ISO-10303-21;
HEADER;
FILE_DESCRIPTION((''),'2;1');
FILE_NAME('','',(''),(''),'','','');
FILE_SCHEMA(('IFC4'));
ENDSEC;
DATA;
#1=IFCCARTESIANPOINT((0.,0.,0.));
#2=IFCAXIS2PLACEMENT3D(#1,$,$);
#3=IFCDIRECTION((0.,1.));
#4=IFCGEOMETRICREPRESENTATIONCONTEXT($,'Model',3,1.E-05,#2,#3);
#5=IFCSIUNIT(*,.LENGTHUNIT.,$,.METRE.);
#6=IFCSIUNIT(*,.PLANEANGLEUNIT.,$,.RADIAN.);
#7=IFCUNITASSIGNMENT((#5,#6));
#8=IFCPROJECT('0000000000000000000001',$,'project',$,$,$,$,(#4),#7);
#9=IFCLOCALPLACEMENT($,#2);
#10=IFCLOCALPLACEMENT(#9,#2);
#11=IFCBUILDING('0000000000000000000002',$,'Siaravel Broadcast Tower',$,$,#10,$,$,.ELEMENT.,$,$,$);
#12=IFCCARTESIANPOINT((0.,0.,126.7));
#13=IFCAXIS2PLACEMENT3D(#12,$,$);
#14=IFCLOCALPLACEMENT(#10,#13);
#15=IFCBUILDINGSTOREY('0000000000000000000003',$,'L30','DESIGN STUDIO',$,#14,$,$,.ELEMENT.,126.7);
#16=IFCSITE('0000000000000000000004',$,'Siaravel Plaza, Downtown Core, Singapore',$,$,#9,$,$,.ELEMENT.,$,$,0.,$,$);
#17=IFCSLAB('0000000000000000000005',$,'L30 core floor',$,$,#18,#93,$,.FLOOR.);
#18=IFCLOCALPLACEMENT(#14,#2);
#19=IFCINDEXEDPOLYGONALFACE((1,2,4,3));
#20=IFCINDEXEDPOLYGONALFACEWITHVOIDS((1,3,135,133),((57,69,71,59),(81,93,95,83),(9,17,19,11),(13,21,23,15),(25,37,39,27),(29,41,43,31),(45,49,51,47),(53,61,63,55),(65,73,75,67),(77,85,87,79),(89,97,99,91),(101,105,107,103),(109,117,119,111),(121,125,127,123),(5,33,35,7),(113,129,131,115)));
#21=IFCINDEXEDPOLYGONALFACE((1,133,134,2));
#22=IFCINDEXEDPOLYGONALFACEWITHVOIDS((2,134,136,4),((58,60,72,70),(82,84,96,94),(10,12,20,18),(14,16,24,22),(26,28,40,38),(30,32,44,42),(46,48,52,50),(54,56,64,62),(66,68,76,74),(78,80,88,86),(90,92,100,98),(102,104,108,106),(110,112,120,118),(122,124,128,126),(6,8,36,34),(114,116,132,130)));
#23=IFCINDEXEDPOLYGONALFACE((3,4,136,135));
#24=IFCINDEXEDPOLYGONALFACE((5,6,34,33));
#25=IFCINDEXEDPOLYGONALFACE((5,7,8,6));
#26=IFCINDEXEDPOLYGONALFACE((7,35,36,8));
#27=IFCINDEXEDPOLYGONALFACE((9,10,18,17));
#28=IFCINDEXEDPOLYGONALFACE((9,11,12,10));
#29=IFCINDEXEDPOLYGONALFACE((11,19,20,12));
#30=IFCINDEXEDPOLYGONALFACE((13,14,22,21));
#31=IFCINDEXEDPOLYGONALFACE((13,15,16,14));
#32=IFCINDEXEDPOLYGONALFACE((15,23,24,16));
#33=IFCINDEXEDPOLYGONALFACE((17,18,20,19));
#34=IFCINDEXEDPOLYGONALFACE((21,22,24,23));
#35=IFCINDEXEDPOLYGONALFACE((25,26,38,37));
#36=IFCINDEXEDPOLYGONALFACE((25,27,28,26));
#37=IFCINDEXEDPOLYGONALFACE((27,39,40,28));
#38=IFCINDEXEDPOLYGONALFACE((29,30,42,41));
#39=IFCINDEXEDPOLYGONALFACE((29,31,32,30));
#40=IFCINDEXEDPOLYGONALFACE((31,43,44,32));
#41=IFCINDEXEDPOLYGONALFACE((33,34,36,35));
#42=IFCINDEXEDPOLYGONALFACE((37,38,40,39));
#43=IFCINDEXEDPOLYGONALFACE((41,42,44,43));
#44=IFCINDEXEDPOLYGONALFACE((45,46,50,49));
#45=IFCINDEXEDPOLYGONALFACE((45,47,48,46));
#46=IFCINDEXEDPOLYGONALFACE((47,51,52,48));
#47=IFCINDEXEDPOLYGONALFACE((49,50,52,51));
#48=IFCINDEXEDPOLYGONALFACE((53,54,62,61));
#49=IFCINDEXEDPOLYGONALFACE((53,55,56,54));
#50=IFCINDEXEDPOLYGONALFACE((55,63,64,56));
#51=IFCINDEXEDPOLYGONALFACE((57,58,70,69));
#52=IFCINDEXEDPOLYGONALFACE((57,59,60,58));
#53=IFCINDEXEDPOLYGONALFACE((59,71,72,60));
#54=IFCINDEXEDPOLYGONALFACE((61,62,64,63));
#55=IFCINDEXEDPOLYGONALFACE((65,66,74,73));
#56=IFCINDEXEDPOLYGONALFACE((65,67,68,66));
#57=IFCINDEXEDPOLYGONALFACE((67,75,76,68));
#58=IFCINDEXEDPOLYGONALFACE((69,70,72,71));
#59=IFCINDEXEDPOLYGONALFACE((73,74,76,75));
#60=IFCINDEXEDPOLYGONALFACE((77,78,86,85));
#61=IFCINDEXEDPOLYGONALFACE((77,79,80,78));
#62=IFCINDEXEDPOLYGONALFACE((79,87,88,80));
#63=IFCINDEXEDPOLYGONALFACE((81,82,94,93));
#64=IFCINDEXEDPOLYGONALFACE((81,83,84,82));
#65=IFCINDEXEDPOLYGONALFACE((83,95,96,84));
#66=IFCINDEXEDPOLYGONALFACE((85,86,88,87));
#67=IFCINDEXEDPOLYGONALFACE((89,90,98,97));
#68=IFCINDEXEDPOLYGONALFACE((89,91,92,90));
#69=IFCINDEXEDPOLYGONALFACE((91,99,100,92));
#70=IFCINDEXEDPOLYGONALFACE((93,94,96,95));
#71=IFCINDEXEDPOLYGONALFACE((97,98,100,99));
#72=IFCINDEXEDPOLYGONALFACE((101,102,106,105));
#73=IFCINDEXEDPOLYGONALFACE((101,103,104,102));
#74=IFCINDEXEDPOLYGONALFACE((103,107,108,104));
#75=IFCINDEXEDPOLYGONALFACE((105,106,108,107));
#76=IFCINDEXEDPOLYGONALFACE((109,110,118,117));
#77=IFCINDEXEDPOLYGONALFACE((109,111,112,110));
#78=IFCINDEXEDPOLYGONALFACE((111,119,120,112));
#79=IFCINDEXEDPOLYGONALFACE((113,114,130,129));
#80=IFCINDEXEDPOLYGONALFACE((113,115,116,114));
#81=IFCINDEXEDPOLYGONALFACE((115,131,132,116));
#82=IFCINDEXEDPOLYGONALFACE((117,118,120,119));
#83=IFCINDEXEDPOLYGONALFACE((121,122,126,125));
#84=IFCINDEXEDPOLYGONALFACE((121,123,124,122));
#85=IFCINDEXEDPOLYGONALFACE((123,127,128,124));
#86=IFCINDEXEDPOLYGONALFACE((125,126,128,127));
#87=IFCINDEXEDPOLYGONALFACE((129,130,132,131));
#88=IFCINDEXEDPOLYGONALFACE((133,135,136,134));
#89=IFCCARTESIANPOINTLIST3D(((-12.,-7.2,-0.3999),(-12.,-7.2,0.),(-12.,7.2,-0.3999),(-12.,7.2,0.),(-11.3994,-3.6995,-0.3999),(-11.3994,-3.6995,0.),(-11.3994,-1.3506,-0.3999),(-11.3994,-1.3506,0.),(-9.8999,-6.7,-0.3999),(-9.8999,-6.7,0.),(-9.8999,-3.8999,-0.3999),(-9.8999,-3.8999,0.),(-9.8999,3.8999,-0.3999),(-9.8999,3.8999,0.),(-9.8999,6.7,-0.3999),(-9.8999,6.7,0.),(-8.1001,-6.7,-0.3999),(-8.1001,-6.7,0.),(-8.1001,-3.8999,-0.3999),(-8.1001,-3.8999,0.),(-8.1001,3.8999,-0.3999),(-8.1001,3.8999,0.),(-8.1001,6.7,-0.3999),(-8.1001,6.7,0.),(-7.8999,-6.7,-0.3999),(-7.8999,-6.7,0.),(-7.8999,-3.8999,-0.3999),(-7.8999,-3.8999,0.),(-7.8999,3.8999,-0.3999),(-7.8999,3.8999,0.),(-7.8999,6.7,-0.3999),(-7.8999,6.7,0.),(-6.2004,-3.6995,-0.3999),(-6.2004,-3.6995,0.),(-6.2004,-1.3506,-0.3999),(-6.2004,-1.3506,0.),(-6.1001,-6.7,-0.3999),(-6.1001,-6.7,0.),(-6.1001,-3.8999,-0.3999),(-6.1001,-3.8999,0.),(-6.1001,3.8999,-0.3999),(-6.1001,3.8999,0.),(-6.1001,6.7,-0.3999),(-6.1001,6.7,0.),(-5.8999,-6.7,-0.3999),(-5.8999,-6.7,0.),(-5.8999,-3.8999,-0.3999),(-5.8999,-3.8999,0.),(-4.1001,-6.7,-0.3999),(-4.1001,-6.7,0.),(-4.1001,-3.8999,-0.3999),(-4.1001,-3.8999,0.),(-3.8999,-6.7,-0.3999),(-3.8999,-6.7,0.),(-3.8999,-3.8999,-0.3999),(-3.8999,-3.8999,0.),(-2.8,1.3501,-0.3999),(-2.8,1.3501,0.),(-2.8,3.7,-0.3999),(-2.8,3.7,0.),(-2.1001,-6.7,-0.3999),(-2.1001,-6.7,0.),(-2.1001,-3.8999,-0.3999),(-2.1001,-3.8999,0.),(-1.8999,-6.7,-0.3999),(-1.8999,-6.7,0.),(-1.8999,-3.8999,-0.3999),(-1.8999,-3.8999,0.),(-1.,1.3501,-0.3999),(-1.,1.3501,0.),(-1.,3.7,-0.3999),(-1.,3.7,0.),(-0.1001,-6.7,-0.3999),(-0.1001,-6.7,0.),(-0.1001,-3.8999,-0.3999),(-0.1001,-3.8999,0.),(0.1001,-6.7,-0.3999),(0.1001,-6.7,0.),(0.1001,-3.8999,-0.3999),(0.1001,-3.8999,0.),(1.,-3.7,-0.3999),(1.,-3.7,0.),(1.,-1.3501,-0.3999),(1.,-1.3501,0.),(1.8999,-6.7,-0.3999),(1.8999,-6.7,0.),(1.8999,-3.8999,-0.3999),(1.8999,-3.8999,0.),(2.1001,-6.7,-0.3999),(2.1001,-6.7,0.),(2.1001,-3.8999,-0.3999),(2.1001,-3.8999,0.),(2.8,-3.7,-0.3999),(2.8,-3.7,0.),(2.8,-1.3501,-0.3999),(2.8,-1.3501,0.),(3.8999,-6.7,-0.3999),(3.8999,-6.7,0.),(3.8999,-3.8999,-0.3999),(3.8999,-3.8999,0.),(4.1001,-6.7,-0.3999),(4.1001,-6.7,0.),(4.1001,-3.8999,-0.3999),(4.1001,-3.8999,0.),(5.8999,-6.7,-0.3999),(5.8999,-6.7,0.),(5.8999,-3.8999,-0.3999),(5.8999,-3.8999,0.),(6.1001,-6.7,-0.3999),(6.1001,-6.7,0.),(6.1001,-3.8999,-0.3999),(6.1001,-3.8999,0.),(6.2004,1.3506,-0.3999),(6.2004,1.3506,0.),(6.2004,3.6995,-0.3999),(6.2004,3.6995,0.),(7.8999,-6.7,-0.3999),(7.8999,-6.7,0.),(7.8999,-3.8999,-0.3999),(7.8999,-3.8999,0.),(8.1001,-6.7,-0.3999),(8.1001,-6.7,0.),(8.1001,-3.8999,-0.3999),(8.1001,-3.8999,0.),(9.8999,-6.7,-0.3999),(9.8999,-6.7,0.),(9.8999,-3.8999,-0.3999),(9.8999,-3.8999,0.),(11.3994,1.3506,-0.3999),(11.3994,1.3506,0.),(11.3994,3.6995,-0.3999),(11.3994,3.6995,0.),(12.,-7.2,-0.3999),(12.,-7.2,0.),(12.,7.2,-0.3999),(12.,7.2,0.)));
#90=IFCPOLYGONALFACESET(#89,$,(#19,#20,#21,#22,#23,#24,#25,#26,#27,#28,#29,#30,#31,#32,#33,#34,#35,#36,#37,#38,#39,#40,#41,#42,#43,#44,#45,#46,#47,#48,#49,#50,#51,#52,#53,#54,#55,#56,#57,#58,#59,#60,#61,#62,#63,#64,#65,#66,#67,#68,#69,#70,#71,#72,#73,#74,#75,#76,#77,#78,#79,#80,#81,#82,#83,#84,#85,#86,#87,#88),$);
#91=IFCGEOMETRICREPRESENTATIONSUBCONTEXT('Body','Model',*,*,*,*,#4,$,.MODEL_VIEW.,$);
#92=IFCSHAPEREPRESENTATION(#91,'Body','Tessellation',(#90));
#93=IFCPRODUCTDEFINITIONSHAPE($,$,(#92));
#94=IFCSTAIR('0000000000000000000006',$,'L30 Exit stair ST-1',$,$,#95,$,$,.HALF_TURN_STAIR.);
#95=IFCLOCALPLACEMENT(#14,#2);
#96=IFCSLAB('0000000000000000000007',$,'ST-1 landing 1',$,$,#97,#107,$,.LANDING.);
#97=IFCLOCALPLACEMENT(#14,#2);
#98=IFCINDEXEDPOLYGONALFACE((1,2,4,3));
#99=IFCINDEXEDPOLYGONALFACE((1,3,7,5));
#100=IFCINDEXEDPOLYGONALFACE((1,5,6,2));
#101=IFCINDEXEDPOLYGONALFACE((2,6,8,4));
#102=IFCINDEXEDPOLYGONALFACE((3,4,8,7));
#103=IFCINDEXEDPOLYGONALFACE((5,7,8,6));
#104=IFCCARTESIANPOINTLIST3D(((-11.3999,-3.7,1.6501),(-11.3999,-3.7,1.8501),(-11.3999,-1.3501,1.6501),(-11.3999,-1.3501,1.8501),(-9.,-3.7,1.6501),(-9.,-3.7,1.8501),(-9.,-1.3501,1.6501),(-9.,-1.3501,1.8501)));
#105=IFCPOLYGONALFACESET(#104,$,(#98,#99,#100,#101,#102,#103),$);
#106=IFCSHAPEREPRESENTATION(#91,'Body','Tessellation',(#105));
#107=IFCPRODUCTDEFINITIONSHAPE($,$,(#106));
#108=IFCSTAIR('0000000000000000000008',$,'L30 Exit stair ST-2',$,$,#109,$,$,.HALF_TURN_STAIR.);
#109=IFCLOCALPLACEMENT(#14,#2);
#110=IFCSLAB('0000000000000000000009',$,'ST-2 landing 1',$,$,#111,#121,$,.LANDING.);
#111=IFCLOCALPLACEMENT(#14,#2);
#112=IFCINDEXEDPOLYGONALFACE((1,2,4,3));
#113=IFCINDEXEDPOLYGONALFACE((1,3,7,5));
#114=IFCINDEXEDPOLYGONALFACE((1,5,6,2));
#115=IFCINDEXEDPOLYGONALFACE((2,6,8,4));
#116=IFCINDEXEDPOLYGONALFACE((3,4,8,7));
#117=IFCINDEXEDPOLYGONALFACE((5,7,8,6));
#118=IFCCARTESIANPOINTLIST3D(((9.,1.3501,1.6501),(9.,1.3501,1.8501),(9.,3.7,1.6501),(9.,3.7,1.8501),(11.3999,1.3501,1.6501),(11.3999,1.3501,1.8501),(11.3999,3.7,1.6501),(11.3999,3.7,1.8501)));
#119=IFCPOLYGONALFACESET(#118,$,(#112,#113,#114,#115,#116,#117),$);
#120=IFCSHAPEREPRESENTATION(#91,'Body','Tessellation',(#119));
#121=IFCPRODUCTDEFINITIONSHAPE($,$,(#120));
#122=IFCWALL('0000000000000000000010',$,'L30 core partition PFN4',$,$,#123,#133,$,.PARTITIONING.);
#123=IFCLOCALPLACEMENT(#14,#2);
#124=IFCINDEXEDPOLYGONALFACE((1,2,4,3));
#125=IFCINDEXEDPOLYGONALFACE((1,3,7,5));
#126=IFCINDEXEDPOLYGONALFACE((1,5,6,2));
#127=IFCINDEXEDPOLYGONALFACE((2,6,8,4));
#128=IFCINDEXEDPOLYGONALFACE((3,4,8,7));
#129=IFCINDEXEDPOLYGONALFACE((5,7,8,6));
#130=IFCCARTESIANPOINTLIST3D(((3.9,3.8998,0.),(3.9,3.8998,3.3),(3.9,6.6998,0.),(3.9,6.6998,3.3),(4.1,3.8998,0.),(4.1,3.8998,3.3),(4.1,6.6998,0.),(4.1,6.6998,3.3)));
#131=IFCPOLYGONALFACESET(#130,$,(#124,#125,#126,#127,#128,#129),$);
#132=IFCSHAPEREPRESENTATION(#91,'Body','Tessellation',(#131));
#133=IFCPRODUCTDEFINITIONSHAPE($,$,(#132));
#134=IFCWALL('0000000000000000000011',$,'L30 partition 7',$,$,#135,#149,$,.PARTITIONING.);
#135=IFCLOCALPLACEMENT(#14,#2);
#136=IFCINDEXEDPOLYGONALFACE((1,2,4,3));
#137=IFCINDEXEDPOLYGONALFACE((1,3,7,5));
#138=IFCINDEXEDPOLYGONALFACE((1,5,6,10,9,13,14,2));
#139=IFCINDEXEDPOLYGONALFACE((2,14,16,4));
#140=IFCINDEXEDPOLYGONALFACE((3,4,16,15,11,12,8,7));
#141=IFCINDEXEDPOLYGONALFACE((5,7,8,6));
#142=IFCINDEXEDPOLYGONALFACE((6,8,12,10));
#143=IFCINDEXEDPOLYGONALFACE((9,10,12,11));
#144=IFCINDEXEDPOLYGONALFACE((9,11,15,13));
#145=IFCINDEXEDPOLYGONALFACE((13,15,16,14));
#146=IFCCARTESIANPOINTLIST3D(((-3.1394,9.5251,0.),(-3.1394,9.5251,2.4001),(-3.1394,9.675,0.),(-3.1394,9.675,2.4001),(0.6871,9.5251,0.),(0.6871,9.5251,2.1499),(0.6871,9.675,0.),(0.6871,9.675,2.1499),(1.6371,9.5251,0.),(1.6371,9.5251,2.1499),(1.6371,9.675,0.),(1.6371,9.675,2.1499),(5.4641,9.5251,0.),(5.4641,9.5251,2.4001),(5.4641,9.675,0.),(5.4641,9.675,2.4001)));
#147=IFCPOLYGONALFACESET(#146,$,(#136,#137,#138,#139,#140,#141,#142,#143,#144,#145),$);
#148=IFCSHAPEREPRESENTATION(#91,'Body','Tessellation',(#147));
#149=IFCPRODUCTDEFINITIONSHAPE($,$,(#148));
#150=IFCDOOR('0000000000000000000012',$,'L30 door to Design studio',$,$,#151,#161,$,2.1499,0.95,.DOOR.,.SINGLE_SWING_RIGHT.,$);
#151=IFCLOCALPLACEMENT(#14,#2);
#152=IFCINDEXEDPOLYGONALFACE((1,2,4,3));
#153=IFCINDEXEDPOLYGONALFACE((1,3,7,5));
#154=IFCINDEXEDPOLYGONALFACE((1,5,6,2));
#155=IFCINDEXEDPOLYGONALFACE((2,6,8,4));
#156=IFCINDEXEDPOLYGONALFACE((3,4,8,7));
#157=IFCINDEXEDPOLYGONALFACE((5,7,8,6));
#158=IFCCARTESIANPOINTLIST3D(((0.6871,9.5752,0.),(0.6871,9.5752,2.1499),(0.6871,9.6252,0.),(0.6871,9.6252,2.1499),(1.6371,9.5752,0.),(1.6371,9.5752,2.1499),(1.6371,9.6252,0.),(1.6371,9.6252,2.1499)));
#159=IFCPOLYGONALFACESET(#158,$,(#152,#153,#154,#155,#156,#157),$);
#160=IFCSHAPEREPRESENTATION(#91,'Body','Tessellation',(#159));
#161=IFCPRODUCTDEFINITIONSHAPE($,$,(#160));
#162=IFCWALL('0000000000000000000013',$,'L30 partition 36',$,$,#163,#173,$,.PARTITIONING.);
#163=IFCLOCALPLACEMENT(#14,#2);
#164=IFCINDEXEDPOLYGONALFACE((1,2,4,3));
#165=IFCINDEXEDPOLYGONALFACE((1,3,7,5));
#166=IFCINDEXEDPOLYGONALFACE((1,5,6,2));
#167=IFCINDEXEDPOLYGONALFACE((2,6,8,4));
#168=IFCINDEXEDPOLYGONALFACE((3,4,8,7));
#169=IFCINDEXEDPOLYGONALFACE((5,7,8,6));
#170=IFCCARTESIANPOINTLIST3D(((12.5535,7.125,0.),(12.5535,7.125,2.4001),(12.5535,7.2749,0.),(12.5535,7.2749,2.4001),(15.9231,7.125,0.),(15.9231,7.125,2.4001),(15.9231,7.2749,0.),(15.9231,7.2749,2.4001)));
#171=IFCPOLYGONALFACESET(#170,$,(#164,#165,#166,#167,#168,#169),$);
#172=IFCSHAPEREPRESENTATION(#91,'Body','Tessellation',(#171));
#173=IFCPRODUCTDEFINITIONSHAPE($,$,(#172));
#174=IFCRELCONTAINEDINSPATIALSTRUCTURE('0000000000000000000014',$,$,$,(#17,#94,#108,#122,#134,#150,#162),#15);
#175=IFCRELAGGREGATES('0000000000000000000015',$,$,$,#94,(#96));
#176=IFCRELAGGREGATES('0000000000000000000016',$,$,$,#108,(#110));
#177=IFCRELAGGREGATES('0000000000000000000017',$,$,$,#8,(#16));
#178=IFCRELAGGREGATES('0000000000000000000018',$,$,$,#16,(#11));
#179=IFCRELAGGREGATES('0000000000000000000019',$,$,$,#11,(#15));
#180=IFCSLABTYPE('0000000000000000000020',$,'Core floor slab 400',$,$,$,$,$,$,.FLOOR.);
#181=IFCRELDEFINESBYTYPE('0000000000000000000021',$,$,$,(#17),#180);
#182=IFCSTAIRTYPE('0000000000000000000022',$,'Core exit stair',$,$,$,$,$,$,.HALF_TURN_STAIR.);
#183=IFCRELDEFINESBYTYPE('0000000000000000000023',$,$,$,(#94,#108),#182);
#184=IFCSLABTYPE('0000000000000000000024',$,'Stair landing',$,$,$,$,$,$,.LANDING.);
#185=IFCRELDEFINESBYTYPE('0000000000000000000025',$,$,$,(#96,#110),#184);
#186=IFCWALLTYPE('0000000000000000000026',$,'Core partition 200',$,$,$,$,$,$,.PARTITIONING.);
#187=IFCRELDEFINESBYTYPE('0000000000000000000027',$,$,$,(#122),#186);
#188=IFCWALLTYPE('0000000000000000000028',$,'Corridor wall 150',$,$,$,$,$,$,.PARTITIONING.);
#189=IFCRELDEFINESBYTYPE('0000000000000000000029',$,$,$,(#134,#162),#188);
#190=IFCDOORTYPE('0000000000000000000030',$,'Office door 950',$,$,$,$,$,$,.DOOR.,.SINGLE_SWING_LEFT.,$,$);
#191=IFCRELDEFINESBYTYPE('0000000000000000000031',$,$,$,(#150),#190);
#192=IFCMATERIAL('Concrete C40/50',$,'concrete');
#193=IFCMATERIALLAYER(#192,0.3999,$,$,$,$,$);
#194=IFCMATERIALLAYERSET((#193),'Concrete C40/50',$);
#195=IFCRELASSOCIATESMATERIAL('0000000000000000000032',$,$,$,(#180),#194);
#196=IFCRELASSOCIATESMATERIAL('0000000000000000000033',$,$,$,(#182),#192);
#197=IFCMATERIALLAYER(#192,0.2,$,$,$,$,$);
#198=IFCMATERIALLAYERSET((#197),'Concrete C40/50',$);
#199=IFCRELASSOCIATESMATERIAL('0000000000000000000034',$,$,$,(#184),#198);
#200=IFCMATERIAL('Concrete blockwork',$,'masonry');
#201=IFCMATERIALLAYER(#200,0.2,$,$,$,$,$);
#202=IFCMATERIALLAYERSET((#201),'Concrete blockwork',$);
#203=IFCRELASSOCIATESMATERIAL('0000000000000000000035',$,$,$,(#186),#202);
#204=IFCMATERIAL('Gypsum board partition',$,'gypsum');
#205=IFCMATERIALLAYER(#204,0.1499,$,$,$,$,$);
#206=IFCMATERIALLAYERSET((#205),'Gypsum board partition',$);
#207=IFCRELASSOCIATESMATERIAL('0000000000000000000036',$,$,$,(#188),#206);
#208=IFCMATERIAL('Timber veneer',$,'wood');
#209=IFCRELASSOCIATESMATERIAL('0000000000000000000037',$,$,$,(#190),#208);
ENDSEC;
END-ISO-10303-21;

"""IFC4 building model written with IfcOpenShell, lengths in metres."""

from ifc_helpers import new_model, si_unit, direction, frame, frame_2d, origin, place, context, subcontext, project, spatial, polyline, rectangle, outline, extrude, material, layer, layer_set, type_object, element, fill, aggregate, save


model = new_model("IFC4")

# Units and contexts
model_context = context("Model", 3, precision=1e-05, world=origin(), true_north=direction((0.0, 1.0)))
body_context = subcontext(model_context, "Body", "Model", "MODEL_VIEW")
ifc_project = project(units=[si_unit("LENGTHUNIT", "METRE"), si_unit("PLANEANGLEUNIT", "RADIAN")], contexts=[model_context])

# Site, building, storey
site_placement = place(None, origin())
site = spatial("IfcSite", under=ifc_project, at=site_placement, Name="Siaravel Plaza, Downtown Core, Singapore", CompositionType="ELEMENT", RefElevation=0.0)
building_placement = place(site_placement, origin())
building = spatial("IfcBuilding", under=site, at=building_placement, Name="Siaravel Broadcast Tower", CompositionType="ELEMENT")
storey_placement = place(building_placement, frame((0.0, 0.0, 126.7)))
storey = spatial("IfcBuildingStorey", under=building, at=storey_placement, Name="L30", Description="DESIGN STUDIO", CompositionType="ELEMENT", Elevation=126.7)

# Slab
ifc_material_1 = material(Name="Concrete C40/50", Category="concrete")
ifc_layer_1 = layer(ifc_material_1, 0.3999)
ifc_layer_set_1 = layer_set([ifc_layer_1], Name="Concrete C40/50")
slab_type_1 = type_object("IfcSlabType", Name="Core floor slab 400", PredefinedType="FLOOR", material=ifc_layer_set_1)
slab_1_placement = place(storey_placement, frame((0.0, 0.0, -0.3999)))
element("IfcSlab", 1, at=slab_1_placement, inside=storey, type_object=slab_type_1, Name="L30 core floor", PredefinedType="FLOOR", context=body_context, shape_type="SweptSolid", body=[
    extrude(outline(polyline([(-12.0, -7.2), (-12.0, 7.2), (12.0, 7.2), (12.0, -7.2), (-12.0, -7.2)]), holes=[polyline([(11.3994, 1.3506), (11.3994, 3.6995), (6.2004, 3.6995), (6.2004, 1.3506), (11.3994, 1.3506)]), polyline([(9.8999, -3.8999), (8.1001, -3.8999), (8.1001, -6.7), (9.8999, -6.7), (9.8999, -3.8999)]), polyline([(7.8999, -3.8999), (6.1001, -3.8999), (6.1001, -6.7), (7.8999, -6.7), (7.8999, -3.8999)]), polyline([(5.8999, -3.8999), (4.1001, -3.8999), (4.1001, -6.7), (5.8999, -6.7), (5.8999, -3.8999)]), polyline([(3.8999, -3.8999), (2.1001, -3.8999), (2.1001, -6.7), (3.8999, -6.7), (3.8999, -3.8999)]), polyline([(2.8, -1.3501), (1.0, -1.3501), (1.0, -3.7), (2.8, -3.7), (2.8, -1.3501)]), polyline([(1.8999, -3.8999), (0.1001, -3.8999), (0.1001, -6.7), (1.8999, -6.7), (1.8999, -3.8999)]), polyline([(-0.1001, -3.8999), (-1.8999, -3.8999), (-1.8999, -6.7), (-0.1001, -6.7), (-0.1001, -3.8999)]), polyline([(-1.0, 3.7), (-2.8, 3.7), (-2.8, 1.3501), (-1.0, 1.3501), (-1.0, 3.7)]), polyline([(-2.1001, -3.8999), (-3.8999, -3.8999), (-3.8999, -6.7), (-2.1001, -6.7), (-2.1001, -3.8999)]), polyline([(-4.1001, -3.8999), (-5.8999, -3.8999), (-5.8999, -6.7), (-4.1001, -6.7), (-4.1001, -3.8999)]), polyline([(-6.1001, -3.8999), (-7.8999, -3.8999), (-7.8999, -6.7), (-6.1001, -6.7), (-6.1001, -3.8999)]), polyline([(-6.1001, 6.7), (-7.8999, 6.7), (-7.8999, 3.8999), (-6.1001, 3.8999), (-6.1001, 6.7)]), polyline([(-11.3994, -1.3506), (-11.3994, -3.6995), (-6.2004, -3.6995), (-6.2004, -1.3506), (-11.3994, -1.3506)]), polyline([(-8.1001, -3.8999), (-9.8999, -3.8999), (-9.8999, -6.7), (-8.1001, -6.7), (-8.1001, -3.8999)]), polyline([(-8.1001, 6.7), (-9.8999, 6.7), (-9.8999, 3.8999), (-8.1001, 3.8999), (-8.1001, 6.7)])]), origin(), (0.0, 0.0, 1.0), 0.3999),
])

# Stairs, slabs
stair_type = type_object("IfcStairType", Name="Core exit stair", PredefinedType="HALF_TURN_STAIR", material=ifc_material_1)
stair_1_placement = place(storey_placement, origin())
stair_1 = element("IfcStair", 2, at=stair_1_placement, inside=storey, type_object=stair_type, Name="L30 Exit stair ST-1", PredefinedType="HALF_TURN_STAIR")
ifc_layer_2 = layer(ifc_material_1, 0.2)
ifc_layer_set_2 = layer_set([ifc_layer_2], Name="Concrete C40/50")
slab_type_2 = type_object("IfcSlabType", Name="Stair landing", PredefinedType="LANDING", material=ifc_layer_set_2)
slab_2_placement = place(storey_placement, frame((0.0, 0.0, 1.6501)))
slab_2 = element("IfcSlab", 3, at=slab_2_placement, type_object=slab_type_2, Name="ST-1 landing 1", PredefinedType="LANDING", context=body_context, shape_type="SweptSolid", body=[
    extrude(outline(polyline([(-9.0, -1.3501), (-11.3999, -1.3501), (-11.3999, -3.7), (-9.0, -3.7), (-9.0, -1.3501)])), origin(), (0.0, 0.0, 1.0), 0.2),
])
aggregate(stair_1, [slab_2])
stair_2_placement = place(storey_placement, origin())
stair_2 = element("IfcStair", 4, at=stair_2_placement, inside=storey, type_object=stair_type, Name="L30 Exit stair ST-2", PredefinedType="HALF_TURN_STAIR")
slab_3_placement = place(storey_placement, frame((0.0, 0.0, 1.6501)))
slab_3 = element("IfcSlab", 5, at=slab_3_placement, type_object=slab_type_2, Name="ST-2 landing 1", PredefinedType="LANDING", context=body_context, shape_type="SweptSolid", body=[
    extrude(outline(polyline([(9.0, 1.3501), (11.3999, 1.3501), (11.3999, 3.7), (9.0, 3.7), (9.0, 1.3501)])), origin(), (0.0, 0.0, 1.0), 0.2),
])

# Wall
ifc_material_2 = material(Name="Concrete blockwork", Category="masonry")
ifc_layer_3 = layer(ifc_material_2, 0.2)
ifc_layer_set_3 = layer_set([ifc_layer_3], Name="Concrete blockwork")
wall_type_1 = type_object("IfcWallType", Name="Core partition 200", PredefinedType="PARTITIONING", material=ifc_layer_set_3)
wall_1_placement = place(storey_placement, frame((4.0, 3.8999, 0.0), z_axis=(0.0, 0.0, 1.0), x_axis=(0.0, 1.0, 0.0)))
element("IfcWall", 6, at=wall_1_placement, inside=storey, type_object=wall_type_1, Name="L30 core partition PFN4", PredefinedType="PARTITIONING", context=body_context, shape_type="SweptSolid", body=[
    extrude(rectangle(XDim=2.8, YDim=0.2, at=frame_2d((1.3999, 0.0))), origin(), (0.0, 0.0, 1.0), 3.3),
])

# Wall, opening, door
ifc_material_3 = material(Name="Gypsum board partition", Category="gypsum")
ifc_layer_4 = layer(ifc_material_3, 0.1499)
ifc_layer_set_4 = layer_set([ifc_layer_4], Name="Gypsum board partition")
wall_type_2 = type_object("IfcWallType", Name="Corridor wall 150", PredefinedType="PARTITIONING", material=ifc_layer_set_4)
wall_2_placement = place(storey_placement, frame((5.4641, 9.6001, 0.0), z_axis=(0.0, 0.0, 1.0), x_axis=(-1.0, 0.0, 0.0)))
wall_2 = element("IfcWall", 7, at=wall_2_placement, inside=storey, type_object=wall_type_2, Name="L30 partition 7", PredefinedType="PARTITIONING", context=body_context, shape_type="SweptSolid", body=[
    extrude(rectangle(XDim=8.6035, YDim=0.1499, at=frame_2d((4.3018, 0.0))), origin(), (0.0, 0.0, 1.0), 2.4001),
])
opening_1_placement = place(wall_2_placement, frame((3.8269, 0.0, 0.0)))
opening_1 = element("IfcOpeningElement", 8, at=opening_1_placement, cuts=wall_2, PredefinedType="OPENING", context=body_context, shape_type="SweptSolid", body=[
    extrude(rectangle(XDim=0.95, YDim=2.1499, at=frame_2d((0.4751, 1.075))), frame((0.0, 0.085, 0.0), z_axis=(0.0, -1.0, 0.0), x_axis=(1.0, 0.0, 0.0)), (0.0, 0.0, 1.0), 0.1699),
])
ifc_material_4 = material(Name="Timber veneer", Category="wood")
door_type_1 = type_object("IfcDoorType", Name="Office door 950", OperationType="SINGLE_SWING_LEFT", PredefinedType="DOOR", material=ifc_material_4)
door_1_placement = place(opening_1_placement, origin())
door_1 = element("IfcDoor", 9, at=door_1_placement, inside=storey, type_object=door_type_1, Name="L30 door to Design studio", OperationType="SINGLE_SWING_RIGHT", OverallHeight=2.1499, OverallWidth=0.95, PredefinedType="DOOR", context=body_context, shape_type="SweptSolid", body=[
    extrude(rectangle(XDim=0.95, YDim=2.1499, at=frame_2d((0.4751, 1.075))), frame((0.0, 0.0249, 0.0), z_axis=(0.0, -1.0, 0.0), x_axis=(1.0, 0.0, 0.0)), (0.0, 0.0, 1.0), 0.05),
])
fill(opening_1, door_1)

# Wall
wall_3_placement = place(storey_placement, frame((12.5535, 7.2, 0.0), z_axis=(0.0, 0.0, 1.0), x_axis=(1.0, 0.0, 0.0)))
element("IfcWall", 10, at=wall_3_placement, inside=storey, type_object=wall_type_2, Name="L30 partition 36", PredefinedType="PARTITIONING", context=body_context, shape_type="SweptSolid", body=[
    extrude(rectangle(XDim=3.3696, YDim=0.1499, at=frame_2d((1.6848, 0.0))), origin(), (0.0, 0.0, 1.0), 2.4001),
])

aggregate(stair_2, [slab_3])

save(model, "model.ifc")
